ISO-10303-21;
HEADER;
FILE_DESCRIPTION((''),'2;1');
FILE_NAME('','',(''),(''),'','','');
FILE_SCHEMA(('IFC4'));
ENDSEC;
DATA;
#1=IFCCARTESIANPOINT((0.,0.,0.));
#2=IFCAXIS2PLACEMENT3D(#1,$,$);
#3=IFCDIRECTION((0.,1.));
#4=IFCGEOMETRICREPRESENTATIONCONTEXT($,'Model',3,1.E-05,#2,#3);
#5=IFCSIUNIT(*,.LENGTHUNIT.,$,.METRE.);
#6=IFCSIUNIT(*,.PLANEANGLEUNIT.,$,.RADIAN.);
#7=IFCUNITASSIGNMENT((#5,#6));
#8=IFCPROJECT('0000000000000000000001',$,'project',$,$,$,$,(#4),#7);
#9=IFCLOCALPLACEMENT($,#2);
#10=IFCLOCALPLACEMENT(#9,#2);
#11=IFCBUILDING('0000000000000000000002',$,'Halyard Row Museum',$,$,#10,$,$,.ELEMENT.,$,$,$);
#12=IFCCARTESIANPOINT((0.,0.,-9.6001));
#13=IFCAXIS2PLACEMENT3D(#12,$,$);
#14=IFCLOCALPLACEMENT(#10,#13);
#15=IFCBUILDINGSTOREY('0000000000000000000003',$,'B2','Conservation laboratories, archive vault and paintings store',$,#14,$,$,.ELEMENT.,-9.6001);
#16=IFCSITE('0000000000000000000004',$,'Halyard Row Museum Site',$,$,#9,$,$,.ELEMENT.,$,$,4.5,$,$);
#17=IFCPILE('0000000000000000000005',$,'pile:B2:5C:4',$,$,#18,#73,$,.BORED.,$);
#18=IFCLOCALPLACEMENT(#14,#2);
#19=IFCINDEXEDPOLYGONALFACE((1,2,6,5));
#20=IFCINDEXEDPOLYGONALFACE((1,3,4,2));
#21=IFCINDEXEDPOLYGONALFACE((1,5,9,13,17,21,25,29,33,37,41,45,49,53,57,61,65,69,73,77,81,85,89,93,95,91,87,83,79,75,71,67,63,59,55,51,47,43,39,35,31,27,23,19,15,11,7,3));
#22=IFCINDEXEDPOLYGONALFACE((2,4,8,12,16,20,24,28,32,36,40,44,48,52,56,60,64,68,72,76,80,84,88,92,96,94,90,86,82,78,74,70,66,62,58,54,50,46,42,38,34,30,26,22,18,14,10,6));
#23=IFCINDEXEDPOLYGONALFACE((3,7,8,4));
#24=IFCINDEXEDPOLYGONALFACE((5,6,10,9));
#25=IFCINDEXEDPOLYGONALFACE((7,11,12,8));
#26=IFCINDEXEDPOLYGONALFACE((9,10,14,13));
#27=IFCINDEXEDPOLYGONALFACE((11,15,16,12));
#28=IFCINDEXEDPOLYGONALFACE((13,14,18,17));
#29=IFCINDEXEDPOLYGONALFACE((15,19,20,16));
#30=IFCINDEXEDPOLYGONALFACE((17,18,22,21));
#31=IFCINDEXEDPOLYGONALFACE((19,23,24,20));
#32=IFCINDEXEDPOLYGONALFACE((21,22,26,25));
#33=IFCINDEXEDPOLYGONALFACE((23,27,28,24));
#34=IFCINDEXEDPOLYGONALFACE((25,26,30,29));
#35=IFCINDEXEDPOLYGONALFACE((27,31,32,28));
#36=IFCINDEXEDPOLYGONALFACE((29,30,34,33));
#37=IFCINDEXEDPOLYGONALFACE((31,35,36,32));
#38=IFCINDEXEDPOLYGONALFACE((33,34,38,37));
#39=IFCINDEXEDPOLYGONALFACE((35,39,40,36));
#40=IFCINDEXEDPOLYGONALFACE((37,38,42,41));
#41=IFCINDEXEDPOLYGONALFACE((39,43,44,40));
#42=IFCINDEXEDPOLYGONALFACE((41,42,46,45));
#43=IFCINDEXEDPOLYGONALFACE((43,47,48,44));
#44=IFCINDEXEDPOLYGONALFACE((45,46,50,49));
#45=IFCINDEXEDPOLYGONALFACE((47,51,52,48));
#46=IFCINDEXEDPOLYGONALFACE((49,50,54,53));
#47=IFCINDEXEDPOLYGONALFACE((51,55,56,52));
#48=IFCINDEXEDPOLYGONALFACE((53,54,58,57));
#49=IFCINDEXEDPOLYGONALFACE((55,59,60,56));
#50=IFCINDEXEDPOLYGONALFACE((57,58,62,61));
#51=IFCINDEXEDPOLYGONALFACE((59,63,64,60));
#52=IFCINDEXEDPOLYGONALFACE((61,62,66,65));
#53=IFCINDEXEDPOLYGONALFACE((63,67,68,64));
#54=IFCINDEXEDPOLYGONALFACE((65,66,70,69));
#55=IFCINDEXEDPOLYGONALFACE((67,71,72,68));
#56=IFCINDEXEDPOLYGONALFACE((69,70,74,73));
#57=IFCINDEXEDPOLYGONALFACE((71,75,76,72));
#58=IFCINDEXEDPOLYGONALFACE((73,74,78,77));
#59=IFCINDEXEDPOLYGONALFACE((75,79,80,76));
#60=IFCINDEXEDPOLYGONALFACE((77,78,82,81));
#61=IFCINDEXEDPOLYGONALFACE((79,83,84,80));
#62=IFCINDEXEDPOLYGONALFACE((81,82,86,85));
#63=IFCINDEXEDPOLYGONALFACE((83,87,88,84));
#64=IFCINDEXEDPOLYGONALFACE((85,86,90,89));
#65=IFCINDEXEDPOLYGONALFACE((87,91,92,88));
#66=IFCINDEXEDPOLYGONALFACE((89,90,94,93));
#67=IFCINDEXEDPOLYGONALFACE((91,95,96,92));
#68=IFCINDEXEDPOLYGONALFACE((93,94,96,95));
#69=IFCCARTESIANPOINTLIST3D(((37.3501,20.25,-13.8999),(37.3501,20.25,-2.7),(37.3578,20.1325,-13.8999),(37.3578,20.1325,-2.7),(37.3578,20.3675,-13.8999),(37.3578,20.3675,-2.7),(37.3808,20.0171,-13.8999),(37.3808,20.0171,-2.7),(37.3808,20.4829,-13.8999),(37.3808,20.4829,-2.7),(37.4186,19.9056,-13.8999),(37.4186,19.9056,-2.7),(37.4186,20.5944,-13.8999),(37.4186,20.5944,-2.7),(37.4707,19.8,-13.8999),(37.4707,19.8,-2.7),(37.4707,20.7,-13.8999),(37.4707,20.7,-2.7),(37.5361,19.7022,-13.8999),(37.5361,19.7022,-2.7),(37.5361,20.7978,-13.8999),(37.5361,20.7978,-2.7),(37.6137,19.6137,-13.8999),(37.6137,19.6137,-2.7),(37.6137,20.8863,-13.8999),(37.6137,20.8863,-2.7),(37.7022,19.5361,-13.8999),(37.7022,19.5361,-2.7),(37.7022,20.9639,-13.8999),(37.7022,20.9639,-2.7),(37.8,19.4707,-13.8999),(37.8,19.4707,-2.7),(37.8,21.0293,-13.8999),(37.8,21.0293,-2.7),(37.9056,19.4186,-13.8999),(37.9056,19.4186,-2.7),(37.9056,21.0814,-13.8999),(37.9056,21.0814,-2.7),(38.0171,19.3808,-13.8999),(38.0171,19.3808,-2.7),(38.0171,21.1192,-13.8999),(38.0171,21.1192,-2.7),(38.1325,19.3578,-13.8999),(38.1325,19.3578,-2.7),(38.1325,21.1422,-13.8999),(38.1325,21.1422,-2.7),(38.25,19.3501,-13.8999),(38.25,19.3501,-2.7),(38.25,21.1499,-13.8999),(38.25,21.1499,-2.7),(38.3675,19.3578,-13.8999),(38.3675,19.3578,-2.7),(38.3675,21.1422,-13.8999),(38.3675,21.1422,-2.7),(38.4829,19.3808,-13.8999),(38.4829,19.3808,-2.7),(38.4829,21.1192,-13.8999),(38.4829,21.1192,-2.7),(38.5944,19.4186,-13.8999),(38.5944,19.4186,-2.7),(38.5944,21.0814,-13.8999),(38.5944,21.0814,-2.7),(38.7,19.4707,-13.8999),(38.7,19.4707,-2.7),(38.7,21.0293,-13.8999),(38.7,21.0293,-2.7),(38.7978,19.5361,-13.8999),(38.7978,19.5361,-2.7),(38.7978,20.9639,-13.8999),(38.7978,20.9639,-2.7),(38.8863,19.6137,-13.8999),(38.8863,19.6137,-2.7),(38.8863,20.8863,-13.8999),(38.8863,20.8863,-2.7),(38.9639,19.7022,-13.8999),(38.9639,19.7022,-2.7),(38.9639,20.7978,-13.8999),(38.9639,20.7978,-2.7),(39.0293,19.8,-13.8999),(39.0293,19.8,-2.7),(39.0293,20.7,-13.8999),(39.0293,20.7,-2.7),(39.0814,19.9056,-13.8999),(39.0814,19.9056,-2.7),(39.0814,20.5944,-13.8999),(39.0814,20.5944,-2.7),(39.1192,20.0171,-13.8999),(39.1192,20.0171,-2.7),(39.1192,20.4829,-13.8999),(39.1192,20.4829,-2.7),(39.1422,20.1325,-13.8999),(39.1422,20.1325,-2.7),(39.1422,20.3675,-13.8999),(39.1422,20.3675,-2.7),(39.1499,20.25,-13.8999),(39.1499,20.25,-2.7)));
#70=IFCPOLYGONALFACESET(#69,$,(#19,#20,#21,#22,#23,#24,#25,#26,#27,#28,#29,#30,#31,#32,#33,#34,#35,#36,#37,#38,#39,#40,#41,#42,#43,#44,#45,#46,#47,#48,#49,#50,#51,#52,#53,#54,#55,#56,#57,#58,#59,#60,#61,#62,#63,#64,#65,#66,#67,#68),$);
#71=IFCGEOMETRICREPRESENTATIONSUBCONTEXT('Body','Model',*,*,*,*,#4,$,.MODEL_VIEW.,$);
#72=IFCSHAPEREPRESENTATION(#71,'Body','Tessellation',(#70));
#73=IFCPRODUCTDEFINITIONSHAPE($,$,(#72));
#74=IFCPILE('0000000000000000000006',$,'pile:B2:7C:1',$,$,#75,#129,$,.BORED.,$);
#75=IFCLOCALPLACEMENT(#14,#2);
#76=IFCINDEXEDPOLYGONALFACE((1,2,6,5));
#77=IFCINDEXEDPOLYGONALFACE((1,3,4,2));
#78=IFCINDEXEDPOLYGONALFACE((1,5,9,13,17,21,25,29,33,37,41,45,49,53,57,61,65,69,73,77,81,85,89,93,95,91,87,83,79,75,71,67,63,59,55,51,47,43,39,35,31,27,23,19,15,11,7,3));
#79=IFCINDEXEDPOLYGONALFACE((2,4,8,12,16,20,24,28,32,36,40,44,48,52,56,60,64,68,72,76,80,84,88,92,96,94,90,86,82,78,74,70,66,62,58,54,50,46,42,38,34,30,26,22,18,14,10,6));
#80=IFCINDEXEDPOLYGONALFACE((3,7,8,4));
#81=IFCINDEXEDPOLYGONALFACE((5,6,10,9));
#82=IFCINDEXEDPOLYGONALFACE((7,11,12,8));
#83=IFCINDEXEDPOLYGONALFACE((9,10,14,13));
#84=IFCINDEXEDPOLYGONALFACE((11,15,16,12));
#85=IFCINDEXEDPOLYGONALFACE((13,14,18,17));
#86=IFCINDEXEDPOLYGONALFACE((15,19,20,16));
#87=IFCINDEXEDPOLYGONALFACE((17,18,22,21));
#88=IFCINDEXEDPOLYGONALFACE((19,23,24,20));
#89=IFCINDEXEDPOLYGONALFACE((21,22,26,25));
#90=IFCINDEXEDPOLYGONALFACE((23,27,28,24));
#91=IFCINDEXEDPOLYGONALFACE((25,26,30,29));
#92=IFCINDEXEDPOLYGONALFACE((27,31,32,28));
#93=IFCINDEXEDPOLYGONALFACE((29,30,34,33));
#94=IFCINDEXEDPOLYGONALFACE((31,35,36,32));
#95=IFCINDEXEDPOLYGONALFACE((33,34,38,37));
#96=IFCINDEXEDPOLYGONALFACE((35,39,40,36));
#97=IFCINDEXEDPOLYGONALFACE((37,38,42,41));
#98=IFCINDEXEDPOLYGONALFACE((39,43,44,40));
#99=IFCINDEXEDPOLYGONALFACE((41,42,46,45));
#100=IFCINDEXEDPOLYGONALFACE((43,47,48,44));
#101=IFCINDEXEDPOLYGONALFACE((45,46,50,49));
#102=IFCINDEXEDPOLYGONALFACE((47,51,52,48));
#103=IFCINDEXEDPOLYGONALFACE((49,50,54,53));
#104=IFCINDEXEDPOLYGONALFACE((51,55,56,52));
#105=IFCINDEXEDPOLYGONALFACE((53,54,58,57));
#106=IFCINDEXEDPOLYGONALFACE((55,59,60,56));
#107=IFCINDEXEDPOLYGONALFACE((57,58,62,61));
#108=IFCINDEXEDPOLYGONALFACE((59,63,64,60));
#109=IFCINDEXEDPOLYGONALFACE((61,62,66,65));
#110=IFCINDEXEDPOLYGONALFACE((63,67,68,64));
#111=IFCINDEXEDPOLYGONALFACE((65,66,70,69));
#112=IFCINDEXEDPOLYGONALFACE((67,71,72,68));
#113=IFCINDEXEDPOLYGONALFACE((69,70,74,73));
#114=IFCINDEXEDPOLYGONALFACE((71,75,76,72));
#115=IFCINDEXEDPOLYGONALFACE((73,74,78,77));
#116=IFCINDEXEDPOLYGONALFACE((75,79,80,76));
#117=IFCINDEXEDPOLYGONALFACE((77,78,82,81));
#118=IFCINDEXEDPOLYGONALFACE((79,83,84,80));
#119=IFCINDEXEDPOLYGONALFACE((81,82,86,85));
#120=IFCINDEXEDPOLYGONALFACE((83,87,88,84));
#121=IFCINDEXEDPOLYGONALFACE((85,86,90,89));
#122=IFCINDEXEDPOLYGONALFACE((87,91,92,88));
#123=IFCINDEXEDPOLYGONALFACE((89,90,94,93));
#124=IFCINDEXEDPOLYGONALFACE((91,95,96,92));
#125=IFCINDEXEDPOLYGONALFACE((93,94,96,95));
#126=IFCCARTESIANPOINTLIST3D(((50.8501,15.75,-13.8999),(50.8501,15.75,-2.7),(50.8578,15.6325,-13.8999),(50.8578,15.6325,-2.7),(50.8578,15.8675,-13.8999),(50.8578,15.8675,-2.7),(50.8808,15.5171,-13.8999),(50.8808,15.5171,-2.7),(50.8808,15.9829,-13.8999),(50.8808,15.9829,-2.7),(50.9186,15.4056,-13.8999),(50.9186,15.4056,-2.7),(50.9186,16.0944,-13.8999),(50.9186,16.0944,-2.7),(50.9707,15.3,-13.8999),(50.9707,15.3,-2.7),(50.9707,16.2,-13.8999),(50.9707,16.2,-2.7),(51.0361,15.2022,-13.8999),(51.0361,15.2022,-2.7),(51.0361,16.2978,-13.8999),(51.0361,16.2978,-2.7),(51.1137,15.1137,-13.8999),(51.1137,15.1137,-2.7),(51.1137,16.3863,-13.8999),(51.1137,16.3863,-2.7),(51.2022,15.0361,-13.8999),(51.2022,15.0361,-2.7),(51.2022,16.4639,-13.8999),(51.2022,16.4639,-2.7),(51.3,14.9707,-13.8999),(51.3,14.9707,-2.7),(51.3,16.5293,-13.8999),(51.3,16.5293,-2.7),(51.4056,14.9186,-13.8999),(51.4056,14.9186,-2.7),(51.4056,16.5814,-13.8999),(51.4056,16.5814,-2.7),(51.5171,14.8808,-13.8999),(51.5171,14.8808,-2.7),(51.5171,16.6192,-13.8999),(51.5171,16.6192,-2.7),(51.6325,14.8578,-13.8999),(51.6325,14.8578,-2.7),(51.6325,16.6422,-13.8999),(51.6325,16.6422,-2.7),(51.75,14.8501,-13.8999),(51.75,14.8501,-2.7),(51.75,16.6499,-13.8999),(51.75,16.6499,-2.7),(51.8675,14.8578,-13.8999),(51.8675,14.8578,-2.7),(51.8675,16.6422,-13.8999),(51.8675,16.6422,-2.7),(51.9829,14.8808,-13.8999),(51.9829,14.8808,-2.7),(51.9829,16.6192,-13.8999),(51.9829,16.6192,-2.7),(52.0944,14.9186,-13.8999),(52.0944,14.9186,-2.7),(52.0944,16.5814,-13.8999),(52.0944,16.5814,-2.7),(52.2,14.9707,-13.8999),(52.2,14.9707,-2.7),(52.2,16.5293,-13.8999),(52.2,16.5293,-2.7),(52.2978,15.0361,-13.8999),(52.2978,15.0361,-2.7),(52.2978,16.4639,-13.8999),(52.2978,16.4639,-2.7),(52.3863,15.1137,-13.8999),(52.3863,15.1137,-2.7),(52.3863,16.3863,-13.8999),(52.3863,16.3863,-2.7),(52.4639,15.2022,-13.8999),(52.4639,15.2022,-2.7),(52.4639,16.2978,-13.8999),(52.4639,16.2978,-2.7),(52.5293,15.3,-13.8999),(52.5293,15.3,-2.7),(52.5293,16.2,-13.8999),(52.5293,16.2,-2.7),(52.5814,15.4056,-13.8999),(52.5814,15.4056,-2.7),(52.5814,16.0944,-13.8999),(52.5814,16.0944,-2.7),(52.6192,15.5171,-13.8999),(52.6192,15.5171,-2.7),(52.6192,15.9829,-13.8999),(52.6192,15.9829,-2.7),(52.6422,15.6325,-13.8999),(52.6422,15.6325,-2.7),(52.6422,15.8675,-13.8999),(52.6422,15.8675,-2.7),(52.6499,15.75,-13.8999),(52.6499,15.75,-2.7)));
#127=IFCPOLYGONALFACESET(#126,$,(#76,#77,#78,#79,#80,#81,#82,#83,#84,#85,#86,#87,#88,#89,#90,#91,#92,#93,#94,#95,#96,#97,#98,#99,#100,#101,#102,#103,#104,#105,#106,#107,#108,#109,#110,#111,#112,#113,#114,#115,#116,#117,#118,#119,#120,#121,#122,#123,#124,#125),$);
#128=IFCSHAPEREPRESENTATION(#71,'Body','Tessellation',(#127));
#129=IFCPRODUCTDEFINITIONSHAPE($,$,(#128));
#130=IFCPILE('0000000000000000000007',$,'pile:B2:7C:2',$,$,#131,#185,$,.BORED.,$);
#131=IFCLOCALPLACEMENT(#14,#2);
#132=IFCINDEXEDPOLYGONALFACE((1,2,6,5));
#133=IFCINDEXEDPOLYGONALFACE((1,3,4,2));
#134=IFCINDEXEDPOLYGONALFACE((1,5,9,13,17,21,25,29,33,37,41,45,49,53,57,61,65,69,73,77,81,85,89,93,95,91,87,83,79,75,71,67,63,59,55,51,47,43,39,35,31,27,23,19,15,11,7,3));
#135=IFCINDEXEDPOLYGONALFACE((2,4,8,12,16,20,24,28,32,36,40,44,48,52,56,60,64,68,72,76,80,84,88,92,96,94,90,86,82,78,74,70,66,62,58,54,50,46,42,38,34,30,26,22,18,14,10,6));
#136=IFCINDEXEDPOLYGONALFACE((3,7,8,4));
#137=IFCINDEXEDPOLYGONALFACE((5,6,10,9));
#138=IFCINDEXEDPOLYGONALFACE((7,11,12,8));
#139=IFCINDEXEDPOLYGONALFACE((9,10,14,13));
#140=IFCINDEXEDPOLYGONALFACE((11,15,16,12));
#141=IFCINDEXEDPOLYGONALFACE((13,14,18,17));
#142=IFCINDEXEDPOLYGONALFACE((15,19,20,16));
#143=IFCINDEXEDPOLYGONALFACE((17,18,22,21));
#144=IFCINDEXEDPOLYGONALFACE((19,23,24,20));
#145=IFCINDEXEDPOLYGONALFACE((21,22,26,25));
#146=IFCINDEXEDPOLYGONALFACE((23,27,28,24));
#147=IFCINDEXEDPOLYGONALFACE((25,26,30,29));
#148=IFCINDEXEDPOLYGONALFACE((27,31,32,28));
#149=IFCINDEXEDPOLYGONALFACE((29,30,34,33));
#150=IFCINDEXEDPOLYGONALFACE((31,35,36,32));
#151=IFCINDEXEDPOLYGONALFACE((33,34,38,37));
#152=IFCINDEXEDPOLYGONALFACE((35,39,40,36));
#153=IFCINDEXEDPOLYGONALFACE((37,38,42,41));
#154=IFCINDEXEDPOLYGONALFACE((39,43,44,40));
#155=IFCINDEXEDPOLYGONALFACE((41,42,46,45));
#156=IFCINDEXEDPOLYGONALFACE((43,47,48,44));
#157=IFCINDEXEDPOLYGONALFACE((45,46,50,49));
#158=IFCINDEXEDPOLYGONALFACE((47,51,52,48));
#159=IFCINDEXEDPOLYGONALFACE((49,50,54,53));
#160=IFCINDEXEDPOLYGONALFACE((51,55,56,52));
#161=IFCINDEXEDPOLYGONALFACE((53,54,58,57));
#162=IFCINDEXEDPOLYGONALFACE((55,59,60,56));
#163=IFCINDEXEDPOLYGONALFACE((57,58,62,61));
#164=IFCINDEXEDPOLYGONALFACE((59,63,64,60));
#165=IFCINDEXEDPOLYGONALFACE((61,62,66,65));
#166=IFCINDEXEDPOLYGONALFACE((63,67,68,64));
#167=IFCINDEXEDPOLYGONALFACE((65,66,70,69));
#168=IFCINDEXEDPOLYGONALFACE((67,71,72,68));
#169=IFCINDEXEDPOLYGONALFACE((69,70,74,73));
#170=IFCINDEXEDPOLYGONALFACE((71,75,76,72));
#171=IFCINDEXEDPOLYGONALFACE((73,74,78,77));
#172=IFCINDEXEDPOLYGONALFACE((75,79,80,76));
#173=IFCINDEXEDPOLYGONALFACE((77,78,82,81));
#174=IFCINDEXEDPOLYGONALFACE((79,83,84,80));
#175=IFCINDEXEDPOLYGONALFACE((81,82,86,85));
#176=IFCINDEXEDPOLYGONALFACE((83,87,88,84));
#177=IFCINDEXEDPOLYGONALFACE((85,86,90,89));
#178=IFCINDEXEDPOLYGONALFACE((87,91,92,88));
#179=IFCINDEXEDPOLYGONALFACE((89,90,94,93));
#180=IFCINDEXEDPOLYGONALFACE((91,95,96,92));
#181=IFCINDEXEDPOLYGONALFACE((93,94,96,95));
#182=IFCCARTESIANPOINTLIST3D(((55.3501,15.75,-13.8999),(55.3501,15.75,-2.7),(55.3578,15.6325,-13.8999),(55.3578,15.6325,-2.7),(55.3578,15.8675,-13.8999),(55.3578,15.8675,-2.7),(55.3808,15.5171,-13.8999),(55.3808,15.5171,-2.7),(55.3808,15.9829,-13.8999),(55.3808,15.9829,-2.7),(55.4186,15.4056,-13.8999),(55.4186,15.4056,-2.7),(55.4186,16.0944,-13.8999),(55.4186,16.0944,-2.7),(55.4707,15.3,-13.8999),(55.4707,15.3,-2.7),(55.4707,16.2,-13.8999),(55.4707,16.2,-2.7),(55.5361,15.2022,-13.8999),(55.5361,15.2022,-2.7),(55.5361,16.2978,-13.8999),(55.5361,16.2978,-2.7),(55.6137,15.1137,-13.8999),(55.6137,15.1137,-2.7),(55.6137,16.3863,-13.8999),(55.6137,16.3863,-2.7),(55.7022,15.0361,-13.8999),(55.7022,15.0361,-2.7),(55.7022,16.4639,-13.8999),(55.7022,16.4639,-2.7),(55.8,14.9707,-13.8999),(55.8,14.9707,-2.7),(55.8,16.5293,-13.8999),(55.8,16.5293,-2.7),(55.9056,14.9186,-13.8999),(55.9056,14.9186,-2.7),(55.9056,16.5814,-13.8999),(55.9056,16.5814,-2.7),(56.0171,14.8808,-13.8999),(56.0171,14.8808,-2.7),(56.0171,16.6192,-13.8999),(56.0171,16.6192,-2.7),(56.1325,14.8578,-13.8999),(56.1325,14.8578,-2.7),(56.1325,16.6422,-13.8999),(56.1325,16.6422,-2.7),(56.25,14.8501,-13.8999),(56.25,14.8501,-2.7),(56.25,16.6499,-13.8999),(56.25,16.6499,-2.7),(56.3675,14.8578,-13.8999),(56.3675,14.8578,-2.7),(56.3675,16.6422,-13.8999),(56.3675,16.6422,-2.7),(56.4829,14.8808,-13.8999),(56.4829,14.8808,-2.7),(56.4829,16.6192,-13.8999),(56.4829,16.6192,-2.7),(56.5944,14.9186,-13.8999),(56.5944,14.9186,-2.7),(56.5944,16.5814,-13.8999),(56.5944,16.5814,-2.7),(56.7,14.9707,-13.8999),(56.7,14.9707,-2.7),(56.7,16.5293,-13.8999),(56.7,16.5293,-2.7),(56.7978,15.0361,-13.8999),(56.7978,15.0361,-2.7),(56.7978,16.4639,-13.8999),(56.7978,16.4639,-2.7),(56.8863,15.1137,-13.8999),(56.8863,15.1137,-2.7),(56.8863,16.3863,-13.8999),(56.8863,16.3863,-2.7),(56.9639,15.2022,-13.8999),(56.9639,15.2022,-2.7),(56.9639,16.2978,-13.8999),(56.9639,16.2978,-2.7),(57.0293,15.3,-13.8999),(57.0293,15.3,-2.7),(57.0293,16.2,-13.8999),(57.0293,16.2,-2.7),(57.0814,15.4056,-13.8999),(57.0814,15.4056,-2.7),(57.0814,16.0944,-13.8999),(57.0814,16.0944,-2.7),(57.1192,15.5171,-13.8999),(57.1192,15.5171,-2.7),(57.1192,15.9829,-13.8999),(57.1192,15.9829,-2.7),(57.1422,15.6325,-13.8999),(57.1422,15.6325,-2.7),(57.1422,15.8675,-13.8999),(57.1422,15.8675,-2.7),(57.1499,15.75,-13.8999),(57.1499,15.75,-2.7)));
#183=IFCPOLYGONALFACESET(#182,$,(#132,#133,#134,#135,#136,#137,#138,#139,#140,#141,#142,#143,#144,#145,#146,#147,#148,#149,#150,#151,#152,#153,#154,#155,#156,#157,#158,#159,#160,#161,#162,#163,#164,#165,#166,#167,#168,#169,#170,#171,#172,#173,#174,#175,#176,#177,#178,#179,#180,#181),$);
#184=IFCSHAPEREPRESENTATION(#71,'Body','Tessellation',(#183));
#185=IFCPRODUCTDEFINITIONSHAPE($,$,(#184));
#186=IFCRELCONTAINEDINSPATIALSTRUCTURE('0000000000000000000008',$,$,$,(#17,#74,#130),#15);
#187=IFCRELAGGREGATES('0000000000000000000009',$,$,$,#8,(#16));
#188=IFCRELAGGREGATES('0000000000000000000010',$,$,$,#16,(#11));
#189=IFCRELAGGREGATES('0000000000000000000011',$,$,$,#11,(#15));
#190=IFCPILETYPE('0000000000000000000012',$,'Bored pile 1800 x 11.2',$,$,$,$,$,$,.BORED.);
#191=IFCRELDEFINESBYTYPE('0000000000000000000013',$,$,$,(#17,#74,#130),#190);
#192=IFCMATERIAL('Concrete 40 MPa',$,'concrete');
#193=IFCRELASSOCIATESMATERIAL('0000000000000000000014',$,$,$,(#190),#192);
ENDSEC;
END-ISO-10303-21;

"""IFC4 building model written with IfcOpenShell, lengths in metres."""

from ifc_helpers import new_model, si_unit, direction, frame, origin, origin_2d, place, context, subcontext, project, spatial, circle, extrude, material, material_profile, profile_set, type_object, element, save


model = new_model("IFC4")

# Units and contexts
model_context = context("Model", 3, precision=1e-05, world=origin(), true_north=direction((0.0, 1.0)))
body_context = subcontext(model_context, "Body", "Model", "MODEL_VIEW")
ifc_project = project(units=[si_unit("LENGTHUNIT", "METRE"), si_unit("PLANEANGLEUNIT", "RADIAN")], contexts=[model_context])

# Site, building, storey
site_placement = place(None, origin())
site = spatial("IfcSite", under=ifc_project, at=site_placement, Name="Halyard Row Museum Site", CompositionType="ELEMENT", RefElevation=4.5)
building_placement = place(site_placement, origin())
building = spatial("IfcBuilding", under=site, at=building_placement, Name="Halyard Row Museum", CompositionType="ELEMENT")
storey_placement = place(building_placement, frame((0.0, 0.0, -9.6001)))
storey = spatial("IfcBuildingStorey", under=building, at=storey_placement, Name="B2", Description="Conservation laboratories, archive vault and paintings store", CompositionType="ELEMENT", Elevation=-9.6001)

# Piles
ifc_material_1 = material(Name="Concrete 40 MPa", Category="concrete")
ifc_material_profile_1 = material_profile(ifc_material_1, circle(Radius=0.8999, at=origin_2d()), Name="Bored pile 1800 x 11.2")
ifc_profile_set_1 = profile_set([ifc_material_profile_1], Name="Concrete 40 MPa")
pile_type_1 = type_object("IfcPileType", Name="Bored pile 1800 x 11.2", PredefinedType="BORED", material=ifc_profile_set_1)
for number, where, z_axis, x_axis, name in (
    (1, (38.25, 20.25, -2.7), (0.0, 0.0, -1.0), (1.0, 0.0, 0.0), "pile:B2:5C:4"),
    (2, (51.75, 15.75, -2.7), (0.0, 0.0, -1.0), (1.0, 0.0, 0.0), "pile:B2:7C:1"),
    (3, (56.25, 15.75, -2.7), (0.0, 0.0, -1.0), (1.0, 0.0, 0.0), "pile:B2:7C:2"),
):
    element("IfcPile", number, at=place(storey_placement, frame(where, z_axis=z_axis, x_axis=x_axis)), inside=storey, type_object=pile_type_1, Name=name, PredefinedType="BORED", context=body_context, shape_type="SweptSolid", body=[
        extrude(circle(Radius=0.8999, at=origin_2d()), origin(), (0.0, 0.0, 1.0), 11.2),
    ])

save(model, "model.ifc")
